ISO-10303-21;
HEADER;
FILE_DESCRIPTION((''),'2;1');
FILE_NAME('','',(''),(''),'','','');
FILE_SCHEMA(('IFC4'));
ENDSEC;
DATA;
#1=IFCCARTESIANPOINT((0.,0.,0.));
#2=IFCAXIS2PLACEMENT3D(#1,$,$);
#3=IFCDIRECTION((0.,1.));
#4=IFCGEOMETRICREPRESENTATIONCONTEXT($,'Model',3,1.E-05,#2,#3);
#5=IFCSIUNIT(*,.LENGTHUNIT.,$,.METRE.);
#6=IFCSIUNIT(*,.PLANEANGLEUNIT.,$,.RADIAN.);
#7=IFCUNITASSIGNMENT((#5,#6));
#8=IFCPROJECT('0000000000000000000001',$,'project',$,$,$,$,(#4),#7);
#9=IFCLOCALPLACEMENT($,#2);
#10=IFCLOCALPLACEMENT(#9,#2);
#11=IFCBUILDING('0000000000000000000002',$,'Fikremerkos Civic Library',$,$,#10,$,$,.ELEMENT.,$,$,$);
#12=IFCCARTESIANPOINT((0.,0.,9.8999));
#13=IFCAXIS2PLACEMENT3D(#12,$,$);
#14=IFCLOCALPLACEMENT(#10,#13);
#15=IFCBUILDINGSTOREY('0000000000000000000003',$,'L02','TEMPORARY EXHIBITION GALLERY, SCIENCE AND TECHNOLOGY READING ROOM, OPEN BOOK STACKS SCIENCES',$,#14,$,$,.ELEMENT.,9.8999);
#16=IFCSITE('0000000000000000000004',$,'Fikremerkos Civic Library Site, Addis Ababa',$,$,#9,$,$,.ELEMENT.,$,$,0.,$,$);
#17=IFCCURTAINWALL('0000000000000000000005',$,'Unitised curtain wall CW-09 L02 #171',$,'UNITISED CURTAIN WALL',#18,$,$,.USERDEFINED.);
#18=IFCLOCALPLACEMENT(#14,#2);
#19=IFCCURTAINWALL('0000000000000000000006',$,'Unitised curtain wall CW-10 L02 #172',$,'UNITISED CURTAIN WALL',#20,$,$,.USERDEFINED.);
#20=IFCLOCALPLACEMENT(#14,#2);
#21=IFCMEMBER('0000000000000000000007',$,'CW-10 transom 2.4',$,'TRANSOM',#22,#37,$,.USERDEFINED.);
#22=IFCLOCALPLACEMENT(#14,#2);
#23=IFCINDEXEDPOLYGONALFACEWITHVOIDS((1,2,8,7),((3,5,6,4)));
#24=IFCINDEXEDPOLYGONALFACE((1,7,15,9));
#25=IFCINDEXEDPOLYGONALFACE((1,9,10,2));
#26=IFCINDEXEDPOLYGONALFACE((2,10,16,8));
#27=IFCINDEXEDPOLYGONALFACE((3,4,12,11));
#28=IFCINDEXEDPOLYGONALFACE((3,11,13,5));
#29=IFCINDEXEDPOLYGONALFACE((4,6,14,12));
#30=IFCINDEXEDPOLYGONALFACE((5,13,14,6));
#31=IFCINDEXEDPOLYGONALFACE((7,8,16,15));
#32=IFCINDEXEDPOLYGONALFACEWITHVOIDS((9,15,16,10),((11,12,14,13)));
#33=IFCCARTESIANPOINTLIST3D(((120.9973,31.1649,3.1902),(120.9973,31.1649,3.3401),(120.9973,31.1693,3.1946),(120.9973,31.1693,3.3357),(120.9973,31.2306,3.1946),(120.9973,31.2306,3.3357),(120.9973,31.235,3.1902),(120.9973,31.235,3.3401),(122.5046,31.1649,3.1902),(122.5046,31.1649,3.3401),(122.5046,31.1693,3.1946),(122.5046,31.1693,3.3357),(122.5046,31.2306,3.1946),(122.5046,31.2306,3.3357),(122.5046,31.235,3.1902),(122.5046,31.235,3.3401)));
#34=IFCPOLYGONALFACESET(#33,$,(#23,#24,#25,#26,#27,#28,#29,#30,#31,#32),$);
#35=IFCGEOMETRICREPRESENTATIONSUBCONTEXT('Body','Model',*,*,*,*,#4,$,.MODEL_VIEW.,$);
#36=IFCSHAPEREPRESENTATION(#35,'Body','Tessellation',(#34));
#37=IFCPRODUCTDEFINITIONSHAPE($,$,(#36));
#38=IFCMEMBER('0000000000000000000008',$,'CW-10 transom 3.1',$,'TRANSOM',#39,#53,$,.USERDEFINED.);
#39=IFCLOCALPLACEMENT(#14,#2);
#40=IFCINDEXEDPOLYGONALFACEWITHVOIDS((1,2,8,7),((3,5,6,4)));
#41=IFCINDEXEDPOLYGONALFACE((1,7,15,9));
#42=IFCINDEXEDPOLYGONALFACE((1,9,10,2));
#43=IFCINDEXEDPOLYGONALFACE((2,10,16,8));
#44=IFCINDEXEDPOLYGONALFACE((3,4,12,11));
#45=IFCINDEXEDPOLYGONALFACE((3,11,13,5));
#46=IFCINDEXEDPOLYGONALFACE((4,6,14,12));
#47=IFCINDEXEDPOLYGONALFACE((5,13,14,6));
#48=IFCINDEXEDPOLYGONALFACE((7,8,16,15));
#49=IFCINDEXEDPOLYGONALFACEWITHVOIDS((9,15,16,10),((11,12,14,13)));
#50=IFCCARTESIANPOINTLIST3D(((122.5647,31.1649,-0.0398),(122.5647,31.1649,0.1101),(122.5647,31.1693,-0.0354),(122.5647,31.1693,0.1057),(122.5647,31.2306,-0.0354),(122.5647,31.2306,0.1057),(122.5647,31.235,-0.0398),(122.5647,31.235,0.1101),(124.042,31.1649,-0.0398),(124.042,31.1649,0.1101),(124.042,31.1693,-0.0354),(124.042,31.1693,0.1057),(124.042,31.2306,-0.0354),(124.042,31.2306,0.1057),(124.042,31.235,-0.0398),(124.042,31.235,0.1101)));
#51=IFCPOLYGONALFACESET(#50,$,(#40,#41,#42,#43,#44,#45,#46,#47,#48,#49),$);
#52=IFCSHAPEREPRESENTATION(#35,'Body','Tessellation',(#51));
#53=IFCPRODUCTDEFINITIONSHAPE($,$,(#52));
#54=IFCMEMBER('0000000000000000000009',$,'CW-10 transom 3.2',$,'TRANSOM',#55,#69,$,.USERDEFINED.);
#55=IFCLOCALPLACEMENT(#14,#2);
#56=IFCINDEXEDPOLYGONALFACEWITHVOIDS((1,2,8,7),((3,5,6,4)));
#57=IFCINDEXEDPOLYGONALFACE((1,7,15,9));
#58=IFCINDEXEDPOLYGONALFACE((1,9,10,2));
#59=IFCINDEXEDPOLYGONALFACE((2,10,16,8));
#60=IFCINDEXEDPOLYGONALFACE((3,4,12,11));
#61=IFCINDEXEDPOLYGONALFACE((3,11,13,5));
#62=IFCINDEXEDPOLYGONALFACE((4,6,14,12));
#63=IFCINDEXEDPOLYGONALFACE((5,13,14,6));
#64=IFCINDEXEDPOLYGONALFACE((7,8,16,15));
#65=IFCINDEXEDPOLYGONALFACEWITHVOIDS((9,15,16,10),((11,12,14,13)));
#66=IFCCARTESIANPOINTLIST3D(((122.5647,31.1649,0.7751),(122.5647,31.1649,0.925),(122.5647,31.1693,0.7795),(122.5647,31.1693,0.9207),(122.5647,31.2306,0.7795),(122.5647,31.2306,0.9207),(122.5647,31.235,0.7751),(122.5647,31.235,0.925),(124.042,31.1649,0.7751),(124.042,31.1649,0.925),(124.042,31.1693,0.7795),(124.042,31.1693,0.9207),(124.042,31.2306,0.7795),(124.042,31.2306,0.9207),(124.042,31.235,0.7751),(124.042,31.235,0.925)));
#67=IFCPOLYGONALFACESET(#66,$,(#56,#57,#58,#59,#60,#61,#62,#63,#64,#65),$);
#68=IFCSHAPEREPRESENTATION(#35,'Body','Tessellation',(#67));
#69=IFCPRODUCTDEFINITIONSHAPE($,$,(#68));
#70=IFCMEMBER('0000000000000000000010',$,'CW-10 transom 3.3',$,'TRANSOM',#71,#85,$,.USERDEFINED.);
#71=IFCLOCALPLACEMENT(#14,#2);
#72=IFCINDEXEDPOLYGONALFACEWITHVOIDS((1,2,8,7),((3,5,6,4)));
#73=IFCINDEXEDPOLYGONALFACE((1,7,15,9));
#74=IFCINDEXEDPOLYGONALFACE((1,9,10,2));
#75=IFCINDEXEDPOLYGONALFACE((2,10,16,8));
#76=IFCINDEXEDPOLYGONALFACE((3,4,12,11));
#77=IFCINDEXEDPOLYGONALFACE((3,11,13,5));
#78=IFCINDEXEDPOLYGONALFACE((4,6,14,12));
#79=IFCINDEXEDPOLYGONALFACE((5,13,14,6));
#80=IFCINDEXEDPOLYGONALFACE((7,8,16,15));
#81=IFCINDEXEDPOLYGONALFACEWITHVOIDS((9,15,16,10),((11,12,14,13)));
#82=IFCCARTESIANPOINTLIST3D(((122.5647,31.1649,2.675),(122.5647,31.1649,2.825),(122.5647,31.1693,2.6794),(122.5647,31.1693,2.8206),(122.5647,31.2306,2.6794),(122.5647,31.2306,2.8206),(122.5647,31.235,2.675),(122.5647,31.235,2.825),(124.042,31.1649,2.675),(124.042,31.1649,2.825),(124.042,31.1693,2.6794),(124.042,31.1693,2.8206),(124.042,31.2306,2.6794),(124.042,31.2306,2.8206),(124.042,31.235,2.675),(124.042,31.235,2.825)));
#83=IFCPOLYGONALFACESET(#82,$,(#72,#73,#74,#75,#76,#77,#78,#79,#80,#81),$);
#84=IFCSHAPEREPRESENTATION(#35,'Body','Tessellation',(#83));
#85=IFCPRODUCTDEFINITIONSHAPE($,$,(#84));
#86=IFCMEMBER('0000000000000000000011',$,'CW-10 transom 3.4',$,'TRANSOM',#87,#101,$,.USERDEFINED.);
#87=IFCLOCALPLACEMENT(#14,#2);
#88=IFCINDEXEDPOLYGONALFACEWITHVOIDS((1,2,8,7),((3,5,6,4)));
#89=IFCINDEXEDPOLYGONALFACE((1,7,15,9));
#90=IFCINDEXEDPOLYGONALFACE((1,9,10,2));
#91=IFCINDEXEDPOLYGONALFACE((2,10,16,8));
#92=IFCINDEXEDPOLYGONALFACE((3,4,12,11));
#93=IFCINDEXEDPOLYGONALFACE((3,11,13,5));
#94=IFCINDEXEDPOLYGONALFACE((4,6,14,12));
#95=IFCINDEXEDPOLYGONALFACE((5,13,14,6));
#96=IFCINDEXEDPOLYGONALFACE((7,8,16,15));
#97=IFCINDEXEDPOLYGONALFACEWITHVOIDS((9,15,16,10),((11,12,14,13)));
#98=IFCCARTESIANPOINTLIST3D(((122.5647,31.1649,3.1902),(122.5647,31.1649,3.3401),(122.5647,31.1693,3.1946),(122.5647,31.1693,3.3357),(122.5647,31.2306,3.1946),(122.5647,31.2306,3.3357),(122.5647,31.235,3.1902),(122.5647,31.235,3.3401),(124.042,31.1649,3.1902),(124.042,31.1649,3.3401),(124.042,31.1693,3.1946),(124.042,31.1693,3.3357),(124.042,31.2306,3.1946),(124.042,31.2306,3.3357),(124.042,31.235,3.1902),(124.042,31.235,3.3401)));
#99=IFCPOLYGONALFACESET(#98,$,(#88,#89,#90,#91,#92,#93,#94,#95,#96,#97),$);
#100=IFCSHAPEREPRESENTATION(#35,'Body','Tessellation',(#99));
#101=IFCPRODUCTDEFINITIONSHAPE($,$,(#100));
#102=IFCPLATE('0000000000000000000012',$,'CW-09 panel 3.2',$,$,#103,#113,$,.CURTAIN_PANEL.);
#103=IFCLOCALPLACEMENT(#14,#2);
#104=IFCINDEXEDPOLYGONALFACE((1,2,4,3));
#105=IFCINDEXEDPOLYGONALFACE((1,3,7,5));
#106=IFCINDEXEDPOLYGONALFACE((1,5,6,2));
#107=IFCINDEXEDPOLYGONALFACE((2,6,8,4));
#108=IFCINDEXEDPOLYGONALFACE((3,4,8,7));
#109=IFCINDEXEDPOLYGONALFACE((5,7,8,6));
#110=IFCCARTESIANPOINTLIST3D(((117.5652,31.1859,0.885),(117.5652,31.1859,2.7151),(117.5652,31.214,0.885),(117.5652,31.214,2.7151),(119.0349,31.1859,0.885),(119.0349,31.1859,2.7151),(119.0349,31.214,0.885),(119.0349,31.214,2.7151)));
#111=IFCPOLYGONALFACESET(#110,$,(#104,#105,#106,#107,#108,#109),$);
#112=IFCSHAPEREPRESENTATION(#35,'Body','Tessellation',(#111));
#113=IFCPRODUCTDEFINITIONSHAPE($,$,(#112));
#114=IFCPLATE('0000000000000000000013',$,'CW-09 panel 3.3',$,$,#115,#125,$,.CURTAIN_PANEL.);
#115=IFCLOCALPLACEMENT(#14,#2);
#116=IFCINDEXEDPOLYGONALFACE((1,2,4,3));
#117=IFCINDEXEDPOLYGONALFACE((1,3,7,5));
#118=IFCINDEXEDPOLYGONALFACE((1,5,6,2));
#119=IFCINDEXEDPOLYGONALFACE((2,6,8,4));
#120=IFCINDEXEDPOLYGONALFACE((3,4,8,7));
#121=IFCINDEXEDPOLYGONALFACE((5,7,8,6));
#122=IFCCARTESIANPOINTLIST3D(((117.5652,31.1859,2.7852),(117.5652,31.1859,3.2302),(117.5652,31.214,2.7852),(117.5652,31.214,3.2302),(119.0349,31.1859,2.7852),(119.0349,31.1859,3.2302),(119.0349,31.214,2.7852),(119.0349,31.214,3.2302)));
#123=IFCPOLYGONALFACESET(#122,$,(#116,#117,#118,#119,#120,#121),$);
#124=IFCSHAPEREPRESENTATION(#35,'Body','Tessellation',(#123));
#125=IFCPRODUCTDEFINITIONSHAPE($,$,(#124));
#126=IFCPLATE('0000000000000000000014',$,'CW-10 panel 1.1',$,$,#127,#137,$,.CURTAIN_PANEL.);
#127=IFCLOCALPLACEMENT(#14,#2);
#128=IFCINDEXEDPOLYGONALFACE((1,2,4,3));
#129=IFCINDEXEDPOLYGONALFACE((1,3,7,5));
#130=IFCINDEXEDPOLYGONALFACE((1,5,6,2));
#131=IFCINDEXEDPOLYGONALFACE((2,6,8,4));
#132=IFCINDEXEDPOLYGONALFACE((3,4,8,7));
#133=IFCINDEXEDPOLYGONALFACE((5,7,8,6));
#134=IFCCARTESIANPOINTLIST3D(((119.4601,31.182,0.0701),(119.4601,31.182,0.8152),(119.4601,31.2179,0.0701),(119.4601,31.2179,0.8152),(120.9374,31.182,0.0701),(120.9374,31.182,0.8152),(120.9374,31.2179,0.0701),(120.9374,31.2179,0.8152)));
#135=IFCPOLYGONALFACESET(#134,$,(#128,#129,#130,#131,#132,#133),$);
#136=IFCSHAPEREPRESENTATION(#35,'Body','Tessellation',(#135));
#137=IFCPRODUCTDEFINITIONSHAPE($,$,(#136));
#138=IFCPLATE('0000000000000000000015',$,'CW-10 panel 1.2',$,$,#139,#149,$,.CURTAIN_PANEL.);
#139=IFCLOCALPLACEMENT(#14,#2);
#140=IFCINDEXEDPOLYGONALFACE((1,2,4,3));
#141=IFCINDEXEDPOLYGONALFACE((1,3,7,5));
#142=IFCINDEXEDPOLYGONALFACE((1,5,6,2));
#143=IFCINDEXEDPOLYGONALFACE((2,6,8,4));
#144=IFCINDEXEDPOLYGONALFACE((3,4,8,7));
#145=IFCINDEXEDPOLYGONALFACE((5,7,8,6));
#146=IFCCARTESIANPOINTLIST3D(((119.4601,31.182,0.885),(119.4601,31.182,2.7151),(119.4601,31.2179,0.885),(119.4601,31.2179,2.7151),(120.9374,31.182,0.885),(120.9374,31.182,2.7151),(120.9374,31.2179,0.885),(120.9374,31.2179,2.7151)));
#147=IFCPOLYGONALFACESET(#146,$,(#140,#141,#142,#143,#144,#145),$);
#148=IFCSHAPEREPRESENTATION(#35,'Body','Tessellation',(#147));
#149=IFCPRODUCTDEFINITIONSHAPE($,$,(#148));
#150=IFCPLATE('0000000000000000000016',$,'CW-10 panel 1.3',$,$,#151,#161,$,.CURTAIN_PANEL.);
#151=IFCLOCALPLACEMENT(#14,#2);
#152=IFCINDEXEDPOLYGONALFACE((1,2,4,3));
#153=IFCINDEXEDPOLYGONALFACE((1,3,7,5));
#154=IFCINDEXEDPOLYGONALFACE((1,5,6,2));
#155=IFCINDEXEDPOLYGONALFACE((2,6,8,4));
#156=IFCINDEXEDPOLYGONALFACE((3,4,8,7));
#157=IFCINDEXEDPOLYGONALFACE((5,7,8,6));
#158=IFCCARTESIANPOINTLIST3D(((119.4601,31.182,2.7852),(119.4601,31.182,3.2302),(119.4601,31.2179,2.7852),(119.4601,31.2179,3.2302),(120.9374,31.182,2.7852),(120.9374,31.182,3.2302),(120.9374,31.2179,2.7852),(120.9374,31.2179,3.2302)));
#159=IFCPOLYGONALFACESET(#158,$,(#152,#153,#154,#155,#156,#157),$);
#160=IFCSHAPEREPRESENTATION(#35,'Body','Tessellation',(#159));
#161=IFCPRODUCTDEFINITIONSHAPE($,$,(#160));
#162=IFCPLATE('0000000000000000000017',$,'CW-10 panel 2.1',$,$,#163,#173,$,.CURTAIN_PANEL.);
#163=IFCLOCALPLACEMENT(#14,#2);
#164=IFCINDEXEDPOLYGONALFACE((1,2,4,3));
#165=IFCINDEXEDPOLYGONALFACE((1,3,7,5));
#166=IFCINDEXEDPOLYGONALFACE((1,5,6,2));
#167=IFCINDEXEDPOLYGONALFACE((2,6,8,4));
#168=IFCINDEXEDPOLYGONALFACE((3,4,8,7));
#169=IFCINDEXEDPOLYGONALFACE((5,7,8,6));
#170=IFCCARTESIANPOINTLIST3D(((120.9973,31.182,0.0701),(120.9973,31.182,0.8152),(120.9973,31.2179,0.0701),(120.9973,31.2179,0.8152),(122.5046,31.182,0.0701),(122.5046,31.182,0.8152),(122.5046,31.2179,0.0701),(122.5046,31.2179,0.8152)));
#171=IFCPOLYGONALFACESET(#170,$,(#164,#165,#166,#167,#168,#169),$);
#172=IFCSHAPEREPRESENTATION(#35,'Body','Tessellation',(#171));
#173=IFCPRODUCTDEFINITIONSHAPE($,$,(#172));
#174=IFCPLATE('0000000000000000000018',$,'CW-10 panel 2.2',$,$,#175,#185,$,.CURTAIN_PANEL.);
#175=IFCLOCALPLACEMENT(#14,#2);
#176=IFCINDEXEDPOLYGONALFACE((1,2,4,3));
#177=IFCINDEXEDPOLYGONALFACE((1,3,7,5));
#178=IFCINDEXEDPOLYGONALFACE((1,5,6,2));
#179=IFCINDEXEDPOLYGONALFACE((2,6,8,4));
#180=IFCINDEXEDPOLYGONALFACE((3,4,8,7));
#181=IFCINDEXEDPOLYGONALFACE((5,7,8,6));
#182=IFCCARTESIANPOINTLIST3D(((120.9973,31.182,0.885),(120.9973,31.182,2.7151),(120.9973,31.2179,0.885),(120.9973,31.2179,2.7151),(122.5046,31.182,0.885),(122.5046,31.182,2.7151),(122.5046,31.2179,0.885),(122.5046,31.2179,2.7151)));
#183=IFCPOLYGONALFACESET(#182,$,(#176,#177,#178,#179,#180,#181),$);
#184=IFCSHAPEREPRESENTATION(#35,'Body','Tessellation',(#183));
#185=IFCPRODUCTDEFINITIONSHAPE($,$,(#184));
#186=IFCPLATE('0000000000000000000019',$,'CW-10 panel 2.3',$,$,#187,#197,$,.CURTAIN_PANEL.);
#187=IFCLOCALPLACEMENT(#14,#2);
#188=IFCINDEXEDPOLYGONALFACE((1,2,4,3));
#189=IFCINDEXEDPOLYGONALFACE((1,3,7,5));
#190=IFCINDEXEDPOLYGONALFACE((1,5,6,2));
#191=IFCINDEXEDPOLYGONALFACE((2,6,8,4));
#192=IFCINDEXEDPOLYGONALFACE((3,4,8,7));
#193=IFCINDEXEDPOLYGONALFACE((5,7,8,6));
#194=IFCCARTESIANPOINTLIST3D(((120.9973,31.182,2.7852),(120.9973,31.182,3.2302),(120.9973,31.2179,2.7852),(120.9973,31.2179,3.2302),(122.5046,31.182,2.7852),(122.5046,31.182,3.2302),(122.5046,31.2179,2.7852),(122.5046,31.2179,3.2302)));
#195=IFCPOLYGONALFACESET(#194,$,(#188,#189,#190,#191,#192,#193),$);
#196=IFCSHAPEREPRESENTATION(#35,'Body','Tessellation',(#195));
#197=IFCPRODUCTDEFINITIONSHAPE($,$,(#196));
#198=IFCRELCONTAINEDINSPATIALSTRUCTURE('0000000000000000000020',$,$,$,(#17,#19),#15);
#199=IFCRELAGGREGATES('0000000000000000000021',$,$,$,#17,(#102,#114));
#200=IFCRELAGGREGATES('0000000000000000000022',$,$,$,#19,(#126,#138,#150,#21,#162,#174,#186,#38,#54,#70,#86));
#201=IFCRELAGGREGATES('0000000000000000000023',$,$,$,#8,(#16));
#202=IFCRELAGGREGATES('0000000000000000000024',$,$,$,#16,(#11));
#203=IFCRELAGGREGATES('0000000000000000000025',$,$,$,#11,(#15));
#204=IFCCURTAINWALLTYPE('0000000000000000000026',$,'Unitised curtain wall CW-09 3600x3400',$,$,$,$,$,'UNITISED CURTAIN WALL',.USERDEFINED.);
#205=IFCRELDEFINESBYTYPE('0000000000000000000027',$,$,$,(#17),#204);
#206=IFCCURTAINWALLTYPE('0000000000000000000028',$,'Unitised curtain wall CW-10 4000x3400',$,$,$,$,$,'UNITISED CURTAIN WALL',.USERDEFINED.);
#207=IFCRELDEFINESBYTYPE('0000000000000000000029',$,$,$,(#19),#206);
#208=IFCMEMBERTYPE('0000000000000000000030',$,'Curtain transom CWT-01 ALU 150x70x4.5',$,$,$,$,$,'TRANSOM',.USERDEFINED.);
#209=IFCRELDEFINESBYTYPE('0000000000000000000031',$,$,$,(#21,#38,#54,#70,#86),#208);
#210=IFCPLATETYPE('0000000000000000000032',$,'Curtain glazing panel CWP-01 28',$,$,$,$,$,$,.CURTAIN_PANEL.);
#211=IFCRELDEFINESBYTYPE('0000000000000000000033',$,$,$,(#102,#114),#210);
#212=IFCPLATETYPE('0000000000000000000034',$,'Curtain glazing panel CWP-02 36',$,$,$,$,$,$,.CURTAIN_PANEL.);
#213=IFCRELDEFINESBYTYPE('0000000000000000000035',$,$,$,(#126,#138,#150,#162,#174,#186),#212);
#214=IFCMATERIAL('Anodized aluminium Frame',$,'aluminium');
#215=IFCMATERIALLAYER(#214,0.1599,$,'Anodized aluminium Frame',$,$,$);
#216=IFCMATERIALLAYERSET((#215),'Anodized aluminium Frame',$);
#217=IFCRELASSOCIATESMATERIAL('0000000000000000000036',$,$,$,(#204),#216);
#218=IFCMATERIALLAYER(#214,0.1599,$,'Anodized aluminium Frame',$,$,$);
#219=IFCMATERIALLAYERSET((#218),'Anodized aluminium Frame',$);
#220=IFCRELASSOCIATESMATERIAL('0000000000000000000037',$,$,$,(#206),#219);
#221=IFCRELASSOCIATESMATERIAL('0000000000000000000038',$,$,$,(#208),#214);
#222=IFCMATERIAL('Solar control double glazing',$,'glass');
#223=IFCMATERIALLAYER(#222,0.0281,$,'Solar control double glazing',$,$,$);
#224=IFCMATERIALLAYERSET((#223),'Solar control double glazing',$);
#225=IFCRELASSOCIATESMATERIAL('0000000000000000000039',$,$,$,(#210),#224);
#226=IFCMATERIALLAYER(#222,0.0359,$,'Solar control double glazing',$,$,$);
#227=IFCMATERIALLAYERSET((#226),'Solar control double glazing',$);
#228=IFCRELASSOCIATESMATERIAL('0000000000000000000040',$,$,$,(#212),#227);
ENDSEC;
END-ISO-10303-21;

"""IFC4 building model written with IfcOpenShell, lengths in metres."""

from ifc_helpers import new_model, si_unit, direction, frame, origin, origin_2d, place, context, subcontext, project, spatial, rectangle, hollow_rectangle, extrude, material, layer, layer_set, material_profile, profile_set, type_object, element, aggregate, save


model = new_model("IFC4")

# Units and contexts
model_context = context("Model", 3, precision=1e-05, world=origin(), true_north=direction((0.0, 1.0)))
body_context = subcontext(model_context, "Body", "Model", "MODEL_VIEW")
ifc_project = project(units=[si_unit("LENGTHUNIT", "METRE"), si_unit("PLANEANGLEUNIT", "RADIAN")], contexts=[model_context])

# Site, building, storey
site_placement = place(None, origin())
site = spatial("IfcSite", under=ifc_project, at=site_placement, Name="Fikremerkos Civic Library Site, Addis Ababa", CompositionType="ELEMENT", RefElevation=0.0)
building_placement = place(site_placement, origin())
building = spatial("IfcBuilding", under=site, at=building_placement, Name="Fikremerkos Civic Library", CompositionType="ELEMENT")
storey_placement = place(building_placement, frame((0.0, 0.0, 9.8999)))
storey = spatial("IfcBuildingStorey", under=building, at=storey_placement, Name="L02", Description="TEMPORARY EXHIBITION GALLERY, SCIENCE AND TECHNOLOGY READING ROOM, OPEN BOOK STACKS SCIENCES", CompositionType="ELEMENT", Elevation=9.8999)

# Curtain wall
ifc_material_1 = material(Name="Anodized aluminium Frame", Category="aluminium")
ifc_layer_1 = layer(ifc_material_1, 0.1599, Name="Anodized aluminium Frame")
ifc_layer_set_1 = layer_set([ifc_layer_1], Name="Anodized aluminium Frame")
curtain_wall_type_1 = type_object("IfcCurtainWallType", Name="Unitised curtain wall CW-09 3600x3400", ElementType="UNITISED CURTAIN WALL", PredefinedType="USERDEFINED", material=ifc_layer_set_1)
curtain_wall_1_placement = place(storey_placement, origin())
curtain_wall_1 = element("IfcCurtainWall", 1, at=curtain_wall_1_placement, inside=storey, type_object=curtain_wall_type_1, Name="Unitised curtain wall CW-09 L02 #171", ObjectType="UNITISED CURTAIN WALL", PredefinedType="USERDEFINED")

# Curtain wall, members
ifc_layer_2 = layer(ifc_material_1, 0.1599, Name="Anodized aluminium Frame")
ifc_layer_set_2 = layer_set([ifc_layer_2], Name="Anodized aluminium Frame")
curtain_wall_type_2 = type_object("IfcCurtainWallType", Name="Unitised curtain wall CW-10 4000x3400", ElementType="UNITISED CURTAIN WALL", PredefinedType="USERDEFINED", material=ifc_layer_set_2)
curtain_wall_2_placement = place(storey_placement, origin())
curtain_wall_2 = element("IfcCurtainWall", 2, at=curtain_wall_2_placement, inside=storey, type_object=curtain_wall_type_2, Name="Unitised curtain wall CW-10 L02 #172", ObjectType="UNITISED CURTAIN WALL", PredefinedType="USERDEFINED")
ifc_material_profile_1 = material_profile(ifc_material_1, hollow_rectangle(XDim=0.0701, YDim=0.1499, WallThickness=0.0044, at=origin_2d()), Name="ALU 150x70x4.5")
ifc_profile_set_1 = profile_set([ifc_material_profile_1], Name="Anodized aluminium Frame")
member_type_1 = type_object("IfcMemberType", Name="Curtain transom CWT-01 ALU 150x70x4.5", ElementType="TRANSOM", PredefinedType="USERDEFINED", material=ifc_profile_set_1)
member_1_placement = place(storey_placement, frame((120.9973, 31.2, 3.2651), z_axis=(1.0, 0.0, 0.0), x_axis=(0.0, 1.0, 0.0)))
member_1 = element("IfcMember", 3, at=member_1_placement, type_object=member_type_1, Name="CW-10 transom 2.4", ObjectType="TRANSOM", PredefinedType="USERDEFINED", context=body_context, shape_type="SweptSolid", body=[
    extrude(hollow_rectangle(XDim=0.0701, YDim=0.1499, WallThickness=0.0044, at=origin_2d()), origin(), (0.0, 0.0, 1.0), 1.5073),
])
member_2_placement = place(storey_placement, frame((122.5647, 31.2, 0.0352), z_axis=(1.0, 0.0, 0.0), x_axis=(0.0, 1.0, 0.0)))
member_2 = element("IfcMember", 4, at=member_2_placement, type_object=member_type_1, Name="CW-10 transom 3.1", ObjectType="TRANSOM", PredefinedType="USERDEFINED", context=body_context, shape_type="SweptSolid", body=[
    extrude(hollow_rectangle(XDim=0.0701, YDim=0.1499, WallThickness=0.0044, at=origin_2d()), origin(), (0.0, 0.0, 1.0), 1.4773),
])
member_3_placement = place(storey_placement, frame((122.5647, 31.2, 0.8501), z_axis=(1.0, 0.0, 0.0), x_axis=(0.0, 1.0, 0.0)))
member_3 = element("IfcMember", 5, at=member_3_placement, type_object=member_type_1, Name="CW-10 transom 3.2", ObjectType="TRANSOM", PredefinedType="USERDEFINED", context=body_context, shape_type="SweptSolid", body=[
    extrude(hollow_rectangle(XDim=0.0701, YDim=0.1499, WallThickness=0.0044, at=origin_2d()), origin(), (0.0, 0.0, 1.0), 1.4773),
])
member_4_placement = place(storey_placement, frame((122.5647, 31.2, 2.75), z_axis=(1.0, 0.0, 0.0), x_axis=(0.0, 1.0, 0.0)))
member_4 = element("IfcMember", 6, at=member_4_placement, type_object=member_type_1, Name="CW-10 transom 3.3", ObjectType="TRANSOM", PredefinedType="USERDEFINED", context=body_context, shape_type="SweptSolid", body=[
    extrude(hollow_rectangle(XDim=0.0701, YDim=0.1499, WallThickness=0.0044, at=origin_2d()), origin(), (0.0, 0.0, 1.0), 1.4773),
])
member_5_placement = place(storey_placement, frame((122.5647, 31.2, 3.2651), z_axis=(1.0, 0.0, 0.0), x_axis=(0.0, 1.0, 0.0)))
member_5 = element("IfcMember", 7, at=member_5_placement, type_object=member_type_1, Name="CW-10 transom 3.4", ObjectType="TRANSOM", PredefinedType="USERDEFINED", context=body_context, shape_type="SweptSolid", body=[
    extrude(hollow_rectangle(XDim=0.0701, YDim=0.1499, WallThickness=0.0044, at=origin_2d()), origin(), (0.0, 0.0, 1.0), 1.4773),
])

# Plates
ifc_material_2 = material(Name="Solar control double glazing", Category="glass")
ifc_layer_3 = layer(ifc_material_2, 0.0281, Name="Solar control double glazing")
ifc_layer_set_3 = layer_set([ifc_layer_3], Name="Solar control double glazing")
plate_type_1 = type_object("IfcPlateType", Name="Curtain glazing panel CWP-01 28", PredefinedType="CURTAIN_PANEL", material=ifc_layer_set_3)
plate_1_placement = place(storey_placement, frame((118.3, 31.2, 0.885), z_axis=(0.0, 0.0, 1.0), x_axis=(1.0, 0.0, 0.0)))
plate_1 = element("IfcPlate", 8, at=plate_1_placement, type_object=plate_type_1, Name="CW-09 panel 3.2", PredefinedType="CURTAIN_PANEL", context=body_context, shape_type="SweptSolid", body=[
    extrude(rectangle(XDim=1.4697, YDim=0.0281, at=origin_2d()), origin(), (0.0, 0.0, 1.0), 1.8301),
])
plate_2_placement = place(storey_placement, frame((118.3, 31.2, 2.7852), z_axis=(0.0, 0.0, 1.0), x_axis=(1.0, 0.0, 0.0)))
plate_2 = element("IfcPlate", 9, at=plate_2_placement, type_object=plate_type_1, Name="CW-09 panel 3.3", PredefinedType="CURTAIN_PANEL", context=body_context, shape_type="SweptSolid", body=[
    extrude(rectangle(XDim=1.4697, YDim=0.0281, at=origin_2d()), origin(), (0.0, 0.0, 1.0), 0.4451),
])
aggregate(curtain_wall_1, [plate_1, plate_2])
ifc_layer_4 = layer(ifc_material_2, 0.0359, Name="Solar control double glazing")
ifc_layer_set_4 = layer_set([ifc_layer_4], Name="Solar control double glazing")
plate_type_2 = type_object("IfcPlateType", Name="Curtain glazing panel CWP-02 36", PredefinedType="CURTAIN_PANEL", material=ifc_layer_set_4)
plate_3_placement = place(storey_placement, frame((120.1987, 31.2, 0.0701), z_axis=(0.0, 0.0, 1.0), x_axis=(1.0, 0.0, 0.0)))
plate_3 = element("IfcPlate", 10, at=plate_3_placement, type_object=plate_type_2, Name="CW-10 panel 1.1", PredefinedType="CURTAIN_PANEL", context=body_context, shape_type="SweptSolid", body=[
    extrude(rectangle(XDim=1.4773, YDim=0.0359, at=origin_2d()), origin(), (0.0, 0.0, 1.0), 0.7451),
])
plate_4_placement = place(storey_placement, frame((120.1987, 31.2, 0.885), z_axis=(0.0, 0.0, 1.0), x_axis=(1.0, 0.0, 0.0)))
plate_4 = element("IfcPlate", 11, at=plate_4_placement, type_object=plate_type_2, Name="CW-10 panel 1.2", PredefinedType="CURTAIN_PANEL", context=body_context, shape_type="SweptSolid", body=[
    extrude(rectangle(XDim=1.4773, YDim=0.0359, at=origin_2d()), origin(), (0.0, 0.0, 1.0), 1.8301),
])
plate_5_placement = place(storey_placement, frame((120.1987, 31.2, 2.7852), z_axis=(0.0, 0.0, 1.0), x_axis=(1.0, 0.0, 0.0)))
plate_5 = element("IfcPlate", 12, at=plate_5_placement, type_object=plate_type_2, Name="CW-10 panel 1.3", PredefinedType="CURTAIN_PANEL", context=body_context, shape_type="SweptSolid", body=[
    extrude(rectangle(XDim=1.4773, YDim=0.0359, at=origin_2d()), origin(), (0.0, 0.0, 1.0), 0.4451),
])
plate_6_placement = place(storey_placement, frame((121.751, 31.2, 0.0701), z_axis=(0.0, 0.0, 1.0), x_axis=(1.0, 0.0, 0.0)))
plate_6 = element("IfcPlate", 13, at=plate_6_placement, type_object=plate_type_2, Name="CW-10 panel 2.1", PredefinedType="CURTAIN_PANEL", context=body_context, shape_type="SweptSolid", body=[
    extrude(rectangle(XDim=1.5073, YDim=0.0359, at=origin_2d()), origin(), (0.0, 0.0, 1.0), 0.7451),
])
plate_7_placement = place(storey_placement, frame((121.751, 31.2, 0.885), z_axis=(0.0, 0.0, 1.0), x_axis=(1.0, 0.0, 0.0)))
plate_7 = element("IfcPlate", 14, at=plate_7_placement, type_object=plate_type_2, Name="CW-10 panel 2.2", PredefinedType="CURTAIN_PANEL", context=body_context, shape_type="SweptSolid", body=[
    extrude(rectangle(XDim=1.5073, YDim=0.0359, at=origin_2d()), origin(), (0.0, 0.0, 1.0), 1.8301),
])
plate_8_placement = place(storey_placement, frame((121.751, 31.2, 2.7852), z_axis=(0.0, 0.0, 1.0), x_axis=(1.0, 0.0, 0.0)))
plate_8 = element("IfcPlate", 15, at=plate_8_placement, type_object=plate_type_2, Name="CW-10 panel 2.3", PredefinedType="CURTAIN_PANEL", context=body_context, shape_type="SweptSolid", body=[
    extrude(rectangle(XDim=1.5073, YDim=0.0359, at=origin_2d()), origin(), (0.0, 0.0, 1.0), 0.4451),
])
aggregate(curtain_wall_2, [plate_3, plate_4, plate_5, member_1, plate_6, plate_7, plate_8, member_2, member_3, member_4, member_5])

save(model, "model.ifc")
